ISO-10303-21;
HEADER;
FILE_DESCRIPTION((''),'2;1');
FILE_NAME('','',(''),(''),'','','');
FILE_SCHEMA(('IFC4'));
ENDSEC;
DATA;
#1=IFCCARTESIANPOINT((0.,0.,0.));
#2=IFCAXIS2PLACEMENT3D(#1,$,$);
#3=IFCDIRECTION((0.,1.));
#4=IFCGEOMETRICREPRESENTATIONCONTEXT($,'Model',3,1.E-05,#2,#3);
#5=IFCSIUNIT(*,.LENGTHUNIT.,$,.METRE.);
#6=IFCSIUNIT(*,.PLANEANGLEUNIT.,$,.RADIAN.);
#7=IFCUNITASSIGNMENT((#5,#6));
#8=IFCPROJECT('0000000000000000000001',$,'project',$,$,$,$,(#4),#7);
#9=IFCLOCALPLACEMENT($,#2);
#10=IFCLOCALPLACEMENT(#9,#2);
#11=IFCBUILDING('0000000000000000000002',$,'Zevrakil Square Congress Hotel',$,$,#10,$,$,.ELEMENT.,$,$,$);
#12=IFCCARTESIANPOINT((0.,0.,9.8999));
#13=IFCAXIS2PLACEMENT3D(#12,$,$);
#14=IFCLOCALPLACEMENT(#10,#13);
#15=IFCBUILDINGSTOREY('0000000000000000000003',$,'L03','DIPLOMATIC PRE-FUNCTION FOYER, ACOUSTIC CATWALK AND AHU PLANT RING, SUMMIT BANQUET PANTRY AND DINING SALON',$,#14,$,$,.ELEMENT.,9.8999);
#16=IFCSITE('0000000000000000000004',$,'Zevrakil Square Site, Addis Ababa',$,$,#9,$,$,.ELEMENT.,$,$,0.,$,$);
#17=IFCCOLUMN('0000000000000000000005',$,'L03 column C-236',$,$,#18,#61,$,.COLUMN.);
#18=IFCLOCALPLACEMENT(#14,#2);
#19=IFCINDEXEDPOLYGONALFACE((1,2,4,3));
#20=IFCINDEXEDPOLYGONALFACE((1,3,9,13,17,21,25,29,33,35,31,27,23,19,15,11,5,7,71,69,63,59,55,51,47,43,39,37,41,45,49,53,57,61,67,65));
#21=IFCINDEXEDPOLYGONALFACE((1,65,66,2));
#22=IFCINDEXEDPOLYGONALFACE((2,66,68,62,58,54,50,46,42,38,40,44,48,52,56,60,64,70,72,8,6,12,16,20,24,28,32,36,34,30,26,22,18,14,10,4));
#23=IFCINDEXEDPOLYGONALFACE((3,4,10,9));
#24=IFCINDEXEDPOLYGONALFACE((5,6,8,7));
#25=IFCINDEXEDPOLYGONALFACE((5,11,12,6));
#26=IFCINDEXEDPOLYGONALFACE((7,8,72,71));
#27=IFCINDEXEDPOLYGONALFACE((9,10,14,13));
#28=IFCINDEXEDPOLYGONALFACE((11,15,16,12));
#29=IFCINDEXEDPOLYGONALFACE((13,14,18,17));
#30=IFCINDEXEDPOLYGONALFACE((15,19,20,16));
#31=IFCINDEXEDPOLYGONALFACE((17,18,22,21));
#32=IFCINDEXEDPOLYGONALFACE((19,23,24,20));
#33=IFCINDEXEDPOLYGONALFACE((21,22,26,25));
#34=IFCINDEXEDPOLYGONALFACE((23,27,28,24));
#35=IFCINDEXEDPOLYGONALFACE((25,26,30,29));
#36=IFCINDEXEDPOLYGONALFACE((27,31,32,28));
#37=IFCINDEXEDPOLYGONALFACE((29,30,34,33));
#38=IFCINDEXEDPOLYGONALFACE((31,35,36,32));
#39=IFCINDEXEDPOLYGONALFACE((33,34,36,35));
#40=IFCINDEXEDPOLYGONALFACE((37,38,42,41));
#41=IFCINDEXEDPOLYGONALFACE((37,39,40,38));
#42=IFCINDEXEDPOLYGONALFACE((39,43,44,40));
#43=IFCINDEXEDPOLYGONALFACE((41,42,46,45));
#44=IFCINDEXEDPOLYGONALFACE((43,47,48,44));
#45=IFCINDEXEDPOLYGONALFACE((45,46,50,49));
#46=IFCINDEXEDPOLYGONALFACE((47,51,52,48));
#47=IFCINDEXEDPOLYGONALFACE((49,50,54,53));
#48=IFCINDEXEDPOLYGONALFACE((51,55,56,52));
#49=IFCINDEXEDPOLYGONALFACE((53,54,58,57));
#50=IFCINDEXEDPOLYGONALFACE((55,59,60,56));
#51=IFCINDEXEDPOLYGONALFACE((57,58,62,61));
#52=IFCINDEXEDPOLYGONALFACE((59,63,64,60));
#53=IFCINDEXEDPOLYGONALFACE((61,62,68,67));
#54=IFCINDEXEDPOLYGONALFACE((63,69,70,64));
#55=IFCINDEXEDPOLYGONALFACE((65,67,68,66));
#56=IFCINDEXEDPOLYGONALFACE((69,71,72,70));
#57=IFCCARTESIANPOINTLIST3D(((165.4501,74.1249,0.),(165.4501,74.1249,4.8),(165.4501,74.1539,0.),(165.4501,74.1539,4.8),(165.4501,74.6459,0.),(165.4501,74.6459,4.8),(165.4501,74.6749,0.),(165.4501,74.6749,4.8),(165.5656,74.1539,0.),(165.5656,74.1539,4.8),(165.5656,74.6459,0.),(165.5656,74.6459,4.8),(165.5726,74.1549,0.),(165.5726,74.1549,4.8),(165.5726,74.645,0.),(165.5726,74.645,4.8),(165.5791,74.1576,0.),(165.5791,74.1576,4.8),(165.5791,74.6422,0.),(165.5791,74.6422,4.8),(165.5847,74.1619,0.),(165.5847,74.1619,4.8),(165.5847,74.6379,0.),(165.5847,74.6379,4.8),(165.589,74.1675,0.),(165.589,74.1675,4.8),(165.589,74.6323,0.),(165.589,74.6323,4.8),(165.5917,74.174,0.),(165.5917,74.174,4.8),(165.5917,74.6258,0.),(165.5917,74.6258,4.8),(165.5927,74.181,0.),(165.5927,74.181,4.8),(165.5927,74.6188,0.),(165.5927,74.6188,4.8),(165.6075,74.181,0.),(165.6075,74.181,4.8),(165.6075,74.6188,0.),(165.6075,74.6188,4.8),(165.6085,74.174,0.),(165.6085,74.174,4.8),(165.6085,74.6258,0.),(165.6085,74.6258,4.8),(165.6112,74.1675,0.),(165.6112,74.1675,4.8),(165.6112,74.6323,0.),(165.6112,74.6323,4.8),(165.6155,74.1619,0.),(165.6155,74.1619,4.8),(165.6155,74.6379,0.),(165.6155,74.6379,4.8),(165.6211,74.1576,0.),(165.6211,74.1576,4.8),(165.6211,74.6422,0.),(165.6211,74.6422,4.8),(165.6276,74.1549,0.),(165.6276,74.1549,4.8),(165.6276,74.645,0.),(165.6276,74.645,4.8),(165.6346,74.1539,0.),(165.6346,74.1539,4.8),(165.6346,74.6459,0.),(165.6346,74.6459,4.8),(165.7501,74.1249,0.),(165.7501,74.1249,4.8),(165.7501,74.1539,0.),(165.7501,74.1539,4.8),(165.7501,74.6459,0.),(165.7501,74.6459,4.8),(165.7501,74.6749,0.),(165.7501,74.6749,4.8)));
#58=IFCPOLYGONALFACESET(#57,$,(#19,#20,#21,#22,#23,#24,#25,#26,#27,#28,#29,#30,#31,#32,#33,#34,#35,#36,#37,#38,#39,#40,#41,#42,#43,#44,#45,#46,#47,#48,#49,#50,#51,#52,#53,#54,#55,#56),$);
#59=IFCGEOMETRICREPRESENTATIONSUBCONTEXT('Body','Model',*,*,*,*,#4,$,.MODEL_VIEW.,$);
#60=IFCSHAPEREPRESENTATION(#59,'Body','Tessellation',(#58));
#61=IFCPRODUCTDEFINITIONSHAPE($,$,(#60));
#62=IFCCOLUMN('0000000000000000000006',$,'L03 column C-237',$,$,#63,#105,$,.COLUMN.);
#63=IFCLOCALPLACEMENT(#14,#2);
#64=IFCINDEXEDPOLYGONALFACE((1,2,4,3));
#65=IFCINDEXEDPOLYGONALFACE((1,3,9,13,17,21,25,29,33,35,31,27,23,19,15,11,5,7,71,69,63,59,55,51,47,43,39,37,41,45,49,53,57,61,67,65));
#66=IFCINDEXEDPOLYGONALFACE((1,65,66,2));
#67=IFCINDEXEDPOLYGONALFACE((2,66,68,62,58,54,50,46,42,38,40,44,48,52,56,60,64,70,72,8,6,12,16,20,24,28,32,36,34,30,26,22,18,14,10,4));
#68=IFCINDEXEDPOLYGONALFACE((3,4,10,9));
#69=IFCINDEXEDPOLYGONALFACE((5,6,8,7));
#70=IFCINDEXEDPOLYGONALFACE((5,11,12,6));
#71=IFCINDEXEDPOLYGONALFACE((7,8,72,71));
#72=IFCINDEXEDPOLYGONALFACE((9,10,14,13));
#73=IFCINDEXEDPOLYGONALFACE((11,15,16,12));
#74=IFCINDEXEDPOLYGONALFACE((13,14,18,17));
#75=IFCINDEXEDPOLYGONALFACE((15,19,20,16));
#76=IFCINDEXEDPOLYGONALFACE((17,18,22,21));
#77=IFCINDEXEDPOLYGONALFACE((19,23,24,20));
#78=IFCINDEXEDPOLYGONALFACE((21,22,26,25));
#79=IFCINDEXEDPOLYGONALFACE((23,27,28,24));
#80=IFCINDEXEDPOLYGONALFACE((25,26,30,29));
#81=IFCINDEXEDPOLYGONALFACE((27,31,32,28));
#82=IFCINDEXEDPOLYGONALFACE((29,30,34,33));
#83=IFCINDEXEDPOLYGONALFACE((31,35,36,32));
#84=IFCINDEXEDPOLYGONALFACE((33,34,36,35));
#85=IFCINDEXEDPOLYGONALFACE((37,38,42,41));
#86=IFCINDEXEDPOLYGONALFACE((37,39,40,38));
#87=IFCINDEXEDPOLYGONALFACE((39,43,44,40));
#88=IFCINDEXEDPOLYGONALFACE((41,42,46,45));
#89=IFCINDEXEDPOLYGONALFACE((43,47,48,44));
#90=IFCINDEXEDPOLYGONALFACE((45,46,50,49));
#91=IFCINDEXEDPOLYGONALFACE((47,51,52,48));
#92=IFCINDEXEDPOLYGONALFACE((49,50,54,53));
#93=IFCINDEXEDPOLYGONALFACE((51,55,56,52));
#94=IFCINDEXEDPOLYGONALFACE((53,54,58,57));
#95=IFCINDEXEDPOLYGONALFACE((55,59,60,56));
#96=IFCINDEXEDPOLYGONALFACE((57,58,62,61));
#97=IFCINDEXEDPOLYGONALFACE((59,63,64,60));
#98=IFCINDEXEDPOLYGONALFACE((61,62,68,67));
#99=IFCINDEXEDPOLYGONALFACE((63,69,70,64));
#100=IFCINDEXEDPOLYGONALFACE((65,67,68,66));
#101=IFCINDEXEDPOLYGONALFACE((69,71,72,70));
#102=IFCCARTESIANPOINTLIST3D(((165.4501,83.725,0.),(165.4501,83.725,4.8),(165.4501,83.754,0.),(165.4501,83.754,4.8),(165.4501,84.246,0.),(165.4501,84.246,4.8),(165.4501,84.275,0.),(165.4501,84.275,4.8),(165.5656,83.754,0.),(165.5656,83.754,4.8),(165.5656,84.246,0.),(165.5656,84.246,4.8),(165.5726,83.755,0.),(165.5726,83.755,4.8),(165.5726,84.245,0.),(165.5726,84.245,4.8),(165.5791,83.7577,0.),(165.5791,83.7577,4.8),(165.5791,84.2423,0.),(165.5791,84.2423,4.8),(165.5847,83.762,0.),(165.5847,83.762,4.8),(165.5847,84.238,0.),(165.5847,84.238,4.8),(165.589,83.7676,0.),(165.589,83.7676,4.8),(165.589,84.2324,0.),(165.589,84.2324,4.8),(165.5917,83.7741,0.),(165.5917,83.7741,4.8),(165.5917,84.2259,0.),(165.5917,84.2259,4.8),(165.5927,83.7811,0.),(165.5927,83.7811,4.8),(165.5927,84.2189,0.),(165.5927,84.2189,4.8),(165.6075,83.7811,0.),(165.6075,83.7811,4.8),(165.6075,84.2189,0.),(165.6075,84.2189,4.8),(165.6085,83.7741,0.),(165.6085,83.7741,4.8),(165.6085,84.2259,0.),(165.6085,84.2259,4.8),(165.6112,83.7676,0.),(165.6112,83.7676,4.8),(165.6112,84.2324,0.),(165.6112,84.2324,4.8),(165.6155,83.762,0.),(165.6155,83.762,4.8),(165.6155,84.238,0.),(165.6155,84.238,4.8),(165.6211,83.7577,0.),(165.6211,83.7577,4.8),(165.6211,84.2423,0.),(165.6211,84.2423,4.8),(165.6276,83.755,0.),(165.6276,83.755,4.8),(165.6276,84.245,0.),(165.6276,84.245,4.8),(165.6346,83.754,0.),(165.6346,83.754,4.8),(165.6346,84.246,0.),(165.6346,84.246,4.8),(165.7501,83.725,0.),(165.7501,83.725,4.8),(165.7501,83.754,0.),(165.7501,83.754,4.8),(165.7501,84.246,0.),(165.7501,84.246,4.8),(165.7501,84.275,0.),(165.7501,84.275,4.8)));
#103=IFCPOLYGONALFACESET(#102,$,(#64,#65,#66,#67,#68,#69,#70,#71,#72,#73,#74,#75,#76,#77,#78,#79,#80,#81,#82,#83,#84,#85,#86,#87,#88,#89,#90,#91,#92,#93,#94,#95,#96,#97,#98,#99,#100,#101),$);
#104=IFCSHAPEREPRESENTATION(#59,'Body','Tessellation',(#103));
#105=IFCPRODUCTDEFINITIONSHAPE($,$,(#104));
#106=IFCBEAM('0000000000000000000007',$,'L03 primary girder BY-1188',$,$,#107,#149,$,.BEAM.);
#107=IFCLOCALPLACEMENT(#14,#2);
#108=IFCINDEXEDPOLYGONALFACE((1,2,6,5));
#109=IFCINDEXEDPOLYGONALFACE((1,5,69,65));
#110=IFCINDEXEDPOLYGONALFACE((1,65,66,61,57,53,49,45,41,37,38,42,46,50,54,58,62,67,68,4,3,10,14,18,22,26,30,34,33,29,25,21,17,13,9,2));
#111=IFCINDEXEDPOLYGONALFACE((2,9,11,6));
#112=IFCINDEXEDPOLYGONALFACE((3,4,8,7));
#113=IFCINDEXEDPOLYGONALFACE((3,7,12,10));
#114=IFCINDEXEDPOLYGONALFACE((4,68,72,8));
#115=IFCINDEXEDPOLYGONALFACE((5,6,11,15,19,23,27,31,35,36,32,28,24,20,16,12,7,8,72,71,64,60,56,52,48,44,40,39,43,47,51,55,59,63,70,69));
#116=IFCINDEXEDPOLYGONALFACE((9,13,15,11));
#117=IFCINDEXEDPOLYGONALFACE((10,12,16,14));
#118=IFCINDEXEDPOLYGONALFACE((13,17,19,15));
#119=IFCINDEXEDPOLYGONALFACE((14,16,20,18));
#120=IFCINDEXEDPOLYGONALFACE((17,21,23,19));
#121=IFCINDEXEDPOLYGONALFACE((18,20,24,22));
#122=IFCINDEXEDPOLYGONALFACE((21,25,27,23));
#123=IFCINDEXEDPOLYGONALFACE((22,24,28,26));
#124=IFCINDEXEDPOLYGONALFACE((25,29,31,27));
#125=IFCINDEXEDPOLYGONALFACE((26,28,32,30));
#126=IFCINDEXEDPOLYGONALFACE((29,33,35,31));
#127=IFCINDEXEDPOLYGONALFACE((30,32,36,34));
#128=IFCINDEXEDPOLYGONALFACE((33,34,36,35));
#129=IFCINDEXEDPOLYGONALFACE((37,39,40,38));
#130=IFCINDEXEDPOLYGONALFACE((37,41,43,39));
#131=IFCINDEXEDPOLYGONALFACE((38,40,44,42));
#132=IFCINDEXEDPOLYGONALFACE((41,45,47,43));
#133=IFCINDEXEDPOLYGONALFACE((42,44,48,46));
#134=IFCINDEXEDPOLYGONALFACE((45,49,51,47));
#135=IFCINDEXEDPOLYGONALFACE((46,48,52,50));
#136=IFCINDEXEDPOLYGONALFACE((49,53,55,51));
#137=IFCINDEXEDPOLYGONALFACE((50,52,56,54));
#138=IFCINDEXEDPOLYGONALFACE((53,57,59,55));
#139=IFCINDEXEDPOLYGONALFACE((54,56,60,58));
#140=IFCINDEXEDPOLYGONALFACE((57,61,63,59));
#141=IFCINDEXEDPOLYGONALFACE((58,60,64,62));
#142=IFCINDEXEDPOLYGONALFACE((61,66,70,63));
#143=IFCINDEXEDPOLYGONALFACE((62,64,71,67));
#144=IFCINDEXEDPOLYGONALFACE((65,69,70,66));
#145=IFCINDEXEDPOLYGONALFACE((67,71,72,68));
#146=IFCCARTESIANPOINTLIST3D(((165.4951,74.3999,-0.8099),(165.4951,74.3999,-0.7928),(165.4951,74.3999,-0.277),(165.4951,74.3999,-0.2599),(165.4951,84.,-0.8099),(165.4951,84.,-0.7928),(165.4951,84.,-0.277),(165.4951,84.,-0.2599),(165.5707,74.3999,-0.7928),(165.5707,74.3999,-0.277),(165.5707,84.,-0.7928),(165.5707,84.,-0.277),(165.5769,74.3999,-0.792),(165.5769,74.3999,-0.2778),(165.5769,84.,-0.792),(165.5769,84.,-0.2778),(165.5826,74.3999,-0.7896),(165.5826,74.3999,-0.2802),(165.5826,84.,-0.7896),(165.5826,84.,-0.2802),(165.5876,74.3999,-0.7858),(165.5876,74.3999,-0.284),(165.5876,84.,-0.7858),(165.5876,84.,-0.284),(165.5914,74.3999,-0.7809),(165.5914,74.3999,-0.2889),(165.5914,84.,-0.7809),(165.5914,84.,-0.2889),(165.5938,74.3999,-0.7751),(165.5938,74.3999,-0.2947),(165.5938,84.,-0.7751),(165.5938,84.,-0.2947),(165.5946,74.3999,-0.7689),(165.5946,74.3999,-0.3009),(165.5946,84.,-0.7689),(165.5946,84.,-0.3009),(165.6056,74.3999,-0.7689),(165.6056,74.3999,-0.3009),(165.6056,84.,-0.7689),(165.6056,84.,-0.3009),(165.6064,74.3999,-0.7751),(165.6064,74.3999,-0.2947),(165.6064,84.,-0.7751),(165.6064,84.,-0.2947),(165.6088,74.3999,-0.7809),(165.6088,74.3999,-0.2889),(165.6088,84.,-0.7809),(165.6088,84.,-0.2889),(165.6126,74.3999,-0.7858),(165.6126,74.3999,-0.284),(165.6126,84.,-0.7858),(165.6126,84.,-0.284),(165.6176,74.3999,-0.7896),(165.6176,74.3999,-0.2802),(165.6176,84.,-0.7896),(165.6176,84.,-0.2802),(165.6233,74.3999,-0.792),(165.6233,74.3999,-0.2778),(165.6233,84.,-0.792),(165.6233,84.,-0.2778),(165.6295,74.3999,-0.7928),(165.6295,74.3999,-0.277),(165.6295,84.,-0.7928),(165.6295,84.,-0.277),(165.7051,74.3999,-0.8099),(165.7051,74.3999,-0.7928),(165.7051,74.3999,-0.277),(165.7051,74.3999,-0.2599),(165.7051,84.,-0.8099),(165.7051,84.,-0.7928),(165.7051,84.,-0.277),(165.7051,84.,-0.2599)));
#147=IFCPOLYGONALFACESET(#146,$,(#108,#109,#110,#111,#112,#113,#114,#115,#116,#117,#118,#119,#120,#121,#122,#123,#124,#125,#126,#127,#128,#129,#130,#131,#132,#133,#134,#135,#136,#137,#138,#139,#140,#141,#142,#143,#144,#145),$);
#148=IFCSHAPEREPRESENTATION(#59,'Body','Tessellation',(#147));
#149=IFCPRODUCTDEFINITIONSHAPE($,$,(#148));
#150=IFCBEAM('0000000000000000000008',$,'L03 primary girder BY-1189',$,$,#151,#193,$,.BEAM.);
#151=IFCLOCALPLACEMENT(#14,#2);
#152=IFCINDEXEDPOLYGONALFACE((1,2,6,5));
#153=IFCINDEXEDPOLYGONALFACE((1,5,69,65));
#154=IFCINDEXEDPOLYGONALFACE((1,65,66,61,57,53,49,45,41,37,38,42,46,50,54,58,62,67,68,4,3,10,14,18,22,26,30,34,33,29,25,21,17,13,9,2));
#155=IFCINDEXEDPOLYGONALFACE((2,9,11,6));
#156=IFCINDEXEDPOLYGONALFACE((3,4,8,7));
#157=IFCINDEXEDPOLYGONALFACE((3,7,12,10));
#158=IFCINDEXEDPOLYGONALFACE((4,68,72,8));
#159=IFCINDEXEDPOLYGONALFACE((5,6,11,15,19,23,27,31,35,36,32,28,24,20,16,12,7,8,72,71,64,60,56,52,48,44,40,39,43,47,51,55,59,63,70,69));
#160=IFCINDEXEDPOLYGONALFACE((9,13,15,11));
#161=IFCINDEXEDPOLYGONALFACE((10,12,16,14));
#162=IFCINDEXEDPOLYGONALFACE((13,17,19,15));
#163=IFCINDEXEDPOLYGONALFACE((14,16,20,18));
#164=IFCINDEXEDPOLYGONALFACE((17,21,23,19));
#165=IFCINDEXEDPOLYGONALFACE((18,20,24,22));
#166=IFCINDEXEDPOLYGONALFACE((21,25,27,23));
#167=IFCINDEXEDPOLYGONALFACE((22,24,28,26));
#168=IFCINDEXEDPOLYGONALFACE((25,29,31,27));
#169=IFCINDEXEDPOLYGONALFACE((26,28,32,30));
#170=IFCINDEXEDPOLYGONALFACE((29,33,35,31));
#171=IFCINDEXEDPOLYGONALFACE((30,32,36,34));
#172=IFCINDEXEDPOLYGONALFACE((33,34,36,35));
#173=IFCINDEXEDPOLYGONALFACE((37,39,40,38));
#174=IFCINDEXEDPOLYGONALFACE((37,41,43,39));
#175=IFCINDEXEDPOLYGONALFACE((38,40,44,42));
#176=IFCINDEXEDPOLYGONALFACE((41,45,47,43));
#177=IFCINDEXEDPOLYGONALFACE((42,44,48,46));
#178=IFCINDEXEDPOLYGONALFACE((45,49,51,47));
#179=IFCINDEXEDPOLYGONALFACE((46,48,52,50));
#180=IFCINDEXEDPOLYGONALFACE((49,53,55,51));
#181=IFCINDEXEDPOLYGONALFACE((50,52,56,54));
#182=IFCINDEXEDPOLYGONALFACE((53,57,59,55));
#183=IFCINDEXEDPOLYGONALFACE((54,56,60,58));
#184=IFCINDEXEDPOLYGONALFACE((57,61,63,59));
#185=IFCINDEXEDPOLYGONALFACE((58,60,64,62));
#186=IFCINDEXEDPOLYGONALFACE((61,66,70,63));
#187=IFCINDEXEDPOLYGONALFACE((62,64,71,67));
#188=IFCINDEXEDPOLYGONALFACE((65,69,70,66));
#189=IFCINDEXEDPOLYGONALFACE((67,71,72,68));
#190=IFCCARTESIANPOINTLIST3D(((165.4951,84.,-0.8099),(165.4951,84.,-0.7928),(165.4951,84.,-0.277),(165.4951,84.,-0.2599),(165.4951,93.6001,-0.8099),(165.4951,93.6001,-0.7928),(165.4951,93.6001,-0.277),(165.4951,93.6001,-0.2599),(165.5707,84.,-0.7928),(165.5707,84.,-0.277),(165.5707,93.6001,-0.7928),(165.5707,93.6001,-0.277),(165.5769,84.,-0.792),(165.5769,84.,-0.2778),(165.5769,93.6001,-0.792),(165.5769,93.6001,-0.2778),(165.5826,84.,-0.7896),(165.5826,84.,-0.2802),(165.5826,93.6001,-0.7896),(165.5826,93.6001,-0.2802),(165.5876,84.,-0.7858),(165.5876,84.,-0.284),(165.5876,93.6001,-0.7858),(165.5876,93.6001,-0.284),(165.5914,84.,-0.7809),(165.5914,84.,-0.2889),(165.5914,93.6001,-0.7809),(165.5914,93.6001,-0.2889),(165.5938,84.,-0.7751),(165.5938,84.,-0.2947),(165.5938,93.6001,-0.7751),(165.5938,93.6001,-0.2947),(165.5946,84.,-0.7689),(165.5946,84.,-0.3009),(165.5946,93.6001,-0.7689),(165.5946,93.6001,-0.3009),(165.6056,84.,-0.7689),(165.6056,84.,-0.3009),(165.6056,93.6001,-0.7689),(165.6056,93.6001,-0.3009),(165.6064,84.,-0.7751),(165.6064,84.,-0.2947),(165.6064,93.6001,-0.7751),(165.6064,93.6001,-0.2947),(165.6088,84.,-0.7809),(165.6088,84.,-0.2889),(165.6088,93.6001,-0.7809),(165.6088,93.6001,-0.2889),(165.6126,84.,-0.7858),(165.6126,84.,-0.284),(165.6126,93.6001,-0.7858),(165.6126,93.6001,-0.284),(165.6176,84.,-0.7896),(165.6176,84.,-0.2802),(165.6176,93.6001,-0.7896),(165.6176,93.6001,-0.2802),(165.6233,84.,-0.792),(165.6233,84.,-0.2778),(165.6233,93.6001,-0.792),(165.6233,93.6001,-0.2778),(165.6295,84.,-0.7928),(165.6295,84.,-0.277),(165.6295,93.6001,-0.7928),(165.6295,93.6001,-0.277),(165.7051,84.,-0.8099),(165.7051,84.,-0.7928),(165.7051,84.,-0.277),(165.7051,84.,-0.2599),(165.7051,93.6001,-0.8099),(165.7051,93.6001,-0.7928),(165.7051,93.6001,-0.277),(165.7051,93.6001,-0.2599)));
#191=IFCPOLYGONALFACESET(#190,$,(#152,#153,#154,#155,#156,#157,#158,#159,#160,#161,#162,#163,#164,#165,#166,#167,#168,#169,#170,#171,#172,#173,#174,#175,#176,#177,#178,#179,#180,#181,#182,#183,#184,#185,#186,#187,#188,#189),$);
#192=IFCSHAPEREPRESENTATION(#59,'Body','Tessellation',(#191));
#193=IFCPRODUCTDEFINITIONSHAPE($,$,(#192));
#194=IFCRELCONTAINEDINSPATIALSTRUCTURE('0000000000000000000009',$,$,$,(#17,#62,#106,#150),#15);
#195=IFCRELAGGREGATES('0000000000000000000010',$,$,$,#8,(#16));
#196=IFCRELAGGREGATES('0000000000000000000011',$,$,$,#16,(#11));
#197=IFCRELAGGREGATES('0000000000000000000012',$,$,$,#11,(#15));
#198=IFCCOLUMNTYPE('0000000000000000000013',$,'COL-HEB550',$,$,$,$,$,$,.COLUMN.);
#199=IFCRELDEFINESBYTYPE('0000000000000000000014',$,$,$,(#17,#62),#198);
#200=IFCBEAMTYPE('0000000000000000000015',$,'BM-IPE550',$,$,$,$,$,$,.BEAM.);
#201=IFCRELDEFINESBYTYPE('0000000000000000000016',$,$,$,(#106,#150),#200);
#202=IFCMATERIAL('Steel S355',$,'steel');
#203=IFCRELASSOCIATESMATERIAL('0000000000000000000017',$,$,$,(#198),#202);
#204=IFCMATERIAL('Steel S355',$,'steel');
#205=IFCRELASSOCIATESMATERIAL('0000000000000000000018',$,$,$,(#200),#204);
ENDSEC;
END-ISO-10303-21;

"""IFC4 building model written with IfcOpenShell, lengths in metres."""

from ifc_helpers import new_model, si_unit, direction, frame, origin, origin_2d, place, context, subcontext, project, spatial, i_section, extrude, material, material_profile, profile_set, type_object, element, save


model = new_model("IFC4")

# Units and contexts
model_context = context("Model", 3, precision=1e-05, world=origin(), true_north=direction((0.0, 1.0)))
body_context = subcontext(model_context, "Body", "Model", "MODEL_VIEW")
ifc_project = project(units=[si_unit("LENGTHUNIT", "METRE"), si_unit("PLANEANGLEUNIT", "RADIAN")], contexts=[model_context])

# Site, building, storey
site_placement = place(None, origin())
site = spatial("IfcSite", under=ifc_project, at=site_placement, Name="Zevrakil Square Site, Addis Ababa", CompositionType="ELEMENT", RefElevation=0.0)
building_placement = place(site_placement, origin())
building = spatial("IfcBuilding", under=site, at=building_placement, Name="Zevrakil Square Congress Hotel", CompositionType="ELEMENT")
storey_placement = place(building_placement, frame((0.0, 0.0, 9.8999)))
storey = spatial("IfcBuildingStorey", under=building, at=storey_placement, Name="L03", Description="DIPLOMATIC PRE-FUNCTION FOYER, ACOUSTIC CATWALK AND AHU PLANT RING, SUMMIT BANQUET PANTRY AND DINING SALON", CompositionType="ELEMENT", Elevation=9.8999)

# Columns
ifc_material_1 = material(Name="Steel S355", Category="steel")
ifc_material_profile_1 = material_profile(ifc_material_1, i_section(OverallWidth=0.3, OverallDepth=0.55, WebThickness=0.0149, FlangeThickness=0.0291, FilletRadius=0.0271, at=origin_2d()), Name="HEB 550")
ifc_profile_set_1 = profile_set([ifc_material_profile_1], Name="Steel S355")
column_type = type_object("IfcColumnType", Name="COL-HEB550", PredefinedType="COLUMN", material=ifc_profile_set_1)
for number, where, z_axis, x_axis, name in (
    (1, (165.6001, 74.3999, 0.0), (0.0, 0.0, 1.0), (1.0, 0.0, 0.0), "L03 column C-236"),
    (2, (165.6001, 84.0, 0.0), (0.0, 0.0, 1.0), (1.0, 0.0, 0.0), "L03 column C-237"),
):
    element("IfcColumn", number, at=place(storey_placement, frame(where, z_axis=z_axis, x_axis=x_axis)), inside=storey, type_object=column_type, Name=name, PredefinedType="COLUMN", context=body_context, shape_type="SweptSolid", body=[
        extrude(i_section(OverallWidth=0.3, OverallDepth=0.55, WebThickness=0.0149, FlangeThickness=0.0291, FilletRadius=0.0271, at=origin_2d()), origin(), (0.0, 0.0, 1.0), 4.8),
    ])

# Beams
ifc_material_2 = material(Name="Steel S355", Category="steel")
ifc_material_profile_2 = material_profile(ifc_material_2, i_section(OverallWidth=0.21, OverallDepth=0.55, WebThickness=0.011, FlangeThickness=0.0171, FilletRadius=0.0239, at=origin_2d()), Name="IPE 550")
ifc_profile_set_2 = profile_set([ifc_material_profile_2], Name="Steel S355")
beam_type = type_object("IfcBeamType", Name="BM-IPE550", PredefinedType="BEAM", material=ifc_profile_set_2)
for number, where, z_axis, x_axis, name in (
    (3, (165.6001, 74.3999, -0.5349), (0.0, 1.0, 0.0), (-1.0, 0.0, 0.0), "L03 primary girder BY-1188"),
    (4, (165.6001, 84.0, -0.5349), (0.0, 1.0, 0.0), (-1.0, 0.0, 0.0), "L03 primary girder BY-1189"),
):
    element("IfcBeam", number, at=place(storey_placement, frame(where, z_axis=z_axis, x_axis=x_axis)), inside=storey, type_object=beam_type, Name=name, PredefinedType="BEAM", context=body_context, shape_type="SweptSolid", body=[
        extrude(i_section(OverallWidth=0.21, OverallDepth=0.55, WebThickness=0.011, FlangeThickness=0.0171, FilletRadius=0.0239, at=origin_2d()), origin(), (0.0, 0.0, 1.0), 9.6001),
    ])

save(model, "model.ifc")
